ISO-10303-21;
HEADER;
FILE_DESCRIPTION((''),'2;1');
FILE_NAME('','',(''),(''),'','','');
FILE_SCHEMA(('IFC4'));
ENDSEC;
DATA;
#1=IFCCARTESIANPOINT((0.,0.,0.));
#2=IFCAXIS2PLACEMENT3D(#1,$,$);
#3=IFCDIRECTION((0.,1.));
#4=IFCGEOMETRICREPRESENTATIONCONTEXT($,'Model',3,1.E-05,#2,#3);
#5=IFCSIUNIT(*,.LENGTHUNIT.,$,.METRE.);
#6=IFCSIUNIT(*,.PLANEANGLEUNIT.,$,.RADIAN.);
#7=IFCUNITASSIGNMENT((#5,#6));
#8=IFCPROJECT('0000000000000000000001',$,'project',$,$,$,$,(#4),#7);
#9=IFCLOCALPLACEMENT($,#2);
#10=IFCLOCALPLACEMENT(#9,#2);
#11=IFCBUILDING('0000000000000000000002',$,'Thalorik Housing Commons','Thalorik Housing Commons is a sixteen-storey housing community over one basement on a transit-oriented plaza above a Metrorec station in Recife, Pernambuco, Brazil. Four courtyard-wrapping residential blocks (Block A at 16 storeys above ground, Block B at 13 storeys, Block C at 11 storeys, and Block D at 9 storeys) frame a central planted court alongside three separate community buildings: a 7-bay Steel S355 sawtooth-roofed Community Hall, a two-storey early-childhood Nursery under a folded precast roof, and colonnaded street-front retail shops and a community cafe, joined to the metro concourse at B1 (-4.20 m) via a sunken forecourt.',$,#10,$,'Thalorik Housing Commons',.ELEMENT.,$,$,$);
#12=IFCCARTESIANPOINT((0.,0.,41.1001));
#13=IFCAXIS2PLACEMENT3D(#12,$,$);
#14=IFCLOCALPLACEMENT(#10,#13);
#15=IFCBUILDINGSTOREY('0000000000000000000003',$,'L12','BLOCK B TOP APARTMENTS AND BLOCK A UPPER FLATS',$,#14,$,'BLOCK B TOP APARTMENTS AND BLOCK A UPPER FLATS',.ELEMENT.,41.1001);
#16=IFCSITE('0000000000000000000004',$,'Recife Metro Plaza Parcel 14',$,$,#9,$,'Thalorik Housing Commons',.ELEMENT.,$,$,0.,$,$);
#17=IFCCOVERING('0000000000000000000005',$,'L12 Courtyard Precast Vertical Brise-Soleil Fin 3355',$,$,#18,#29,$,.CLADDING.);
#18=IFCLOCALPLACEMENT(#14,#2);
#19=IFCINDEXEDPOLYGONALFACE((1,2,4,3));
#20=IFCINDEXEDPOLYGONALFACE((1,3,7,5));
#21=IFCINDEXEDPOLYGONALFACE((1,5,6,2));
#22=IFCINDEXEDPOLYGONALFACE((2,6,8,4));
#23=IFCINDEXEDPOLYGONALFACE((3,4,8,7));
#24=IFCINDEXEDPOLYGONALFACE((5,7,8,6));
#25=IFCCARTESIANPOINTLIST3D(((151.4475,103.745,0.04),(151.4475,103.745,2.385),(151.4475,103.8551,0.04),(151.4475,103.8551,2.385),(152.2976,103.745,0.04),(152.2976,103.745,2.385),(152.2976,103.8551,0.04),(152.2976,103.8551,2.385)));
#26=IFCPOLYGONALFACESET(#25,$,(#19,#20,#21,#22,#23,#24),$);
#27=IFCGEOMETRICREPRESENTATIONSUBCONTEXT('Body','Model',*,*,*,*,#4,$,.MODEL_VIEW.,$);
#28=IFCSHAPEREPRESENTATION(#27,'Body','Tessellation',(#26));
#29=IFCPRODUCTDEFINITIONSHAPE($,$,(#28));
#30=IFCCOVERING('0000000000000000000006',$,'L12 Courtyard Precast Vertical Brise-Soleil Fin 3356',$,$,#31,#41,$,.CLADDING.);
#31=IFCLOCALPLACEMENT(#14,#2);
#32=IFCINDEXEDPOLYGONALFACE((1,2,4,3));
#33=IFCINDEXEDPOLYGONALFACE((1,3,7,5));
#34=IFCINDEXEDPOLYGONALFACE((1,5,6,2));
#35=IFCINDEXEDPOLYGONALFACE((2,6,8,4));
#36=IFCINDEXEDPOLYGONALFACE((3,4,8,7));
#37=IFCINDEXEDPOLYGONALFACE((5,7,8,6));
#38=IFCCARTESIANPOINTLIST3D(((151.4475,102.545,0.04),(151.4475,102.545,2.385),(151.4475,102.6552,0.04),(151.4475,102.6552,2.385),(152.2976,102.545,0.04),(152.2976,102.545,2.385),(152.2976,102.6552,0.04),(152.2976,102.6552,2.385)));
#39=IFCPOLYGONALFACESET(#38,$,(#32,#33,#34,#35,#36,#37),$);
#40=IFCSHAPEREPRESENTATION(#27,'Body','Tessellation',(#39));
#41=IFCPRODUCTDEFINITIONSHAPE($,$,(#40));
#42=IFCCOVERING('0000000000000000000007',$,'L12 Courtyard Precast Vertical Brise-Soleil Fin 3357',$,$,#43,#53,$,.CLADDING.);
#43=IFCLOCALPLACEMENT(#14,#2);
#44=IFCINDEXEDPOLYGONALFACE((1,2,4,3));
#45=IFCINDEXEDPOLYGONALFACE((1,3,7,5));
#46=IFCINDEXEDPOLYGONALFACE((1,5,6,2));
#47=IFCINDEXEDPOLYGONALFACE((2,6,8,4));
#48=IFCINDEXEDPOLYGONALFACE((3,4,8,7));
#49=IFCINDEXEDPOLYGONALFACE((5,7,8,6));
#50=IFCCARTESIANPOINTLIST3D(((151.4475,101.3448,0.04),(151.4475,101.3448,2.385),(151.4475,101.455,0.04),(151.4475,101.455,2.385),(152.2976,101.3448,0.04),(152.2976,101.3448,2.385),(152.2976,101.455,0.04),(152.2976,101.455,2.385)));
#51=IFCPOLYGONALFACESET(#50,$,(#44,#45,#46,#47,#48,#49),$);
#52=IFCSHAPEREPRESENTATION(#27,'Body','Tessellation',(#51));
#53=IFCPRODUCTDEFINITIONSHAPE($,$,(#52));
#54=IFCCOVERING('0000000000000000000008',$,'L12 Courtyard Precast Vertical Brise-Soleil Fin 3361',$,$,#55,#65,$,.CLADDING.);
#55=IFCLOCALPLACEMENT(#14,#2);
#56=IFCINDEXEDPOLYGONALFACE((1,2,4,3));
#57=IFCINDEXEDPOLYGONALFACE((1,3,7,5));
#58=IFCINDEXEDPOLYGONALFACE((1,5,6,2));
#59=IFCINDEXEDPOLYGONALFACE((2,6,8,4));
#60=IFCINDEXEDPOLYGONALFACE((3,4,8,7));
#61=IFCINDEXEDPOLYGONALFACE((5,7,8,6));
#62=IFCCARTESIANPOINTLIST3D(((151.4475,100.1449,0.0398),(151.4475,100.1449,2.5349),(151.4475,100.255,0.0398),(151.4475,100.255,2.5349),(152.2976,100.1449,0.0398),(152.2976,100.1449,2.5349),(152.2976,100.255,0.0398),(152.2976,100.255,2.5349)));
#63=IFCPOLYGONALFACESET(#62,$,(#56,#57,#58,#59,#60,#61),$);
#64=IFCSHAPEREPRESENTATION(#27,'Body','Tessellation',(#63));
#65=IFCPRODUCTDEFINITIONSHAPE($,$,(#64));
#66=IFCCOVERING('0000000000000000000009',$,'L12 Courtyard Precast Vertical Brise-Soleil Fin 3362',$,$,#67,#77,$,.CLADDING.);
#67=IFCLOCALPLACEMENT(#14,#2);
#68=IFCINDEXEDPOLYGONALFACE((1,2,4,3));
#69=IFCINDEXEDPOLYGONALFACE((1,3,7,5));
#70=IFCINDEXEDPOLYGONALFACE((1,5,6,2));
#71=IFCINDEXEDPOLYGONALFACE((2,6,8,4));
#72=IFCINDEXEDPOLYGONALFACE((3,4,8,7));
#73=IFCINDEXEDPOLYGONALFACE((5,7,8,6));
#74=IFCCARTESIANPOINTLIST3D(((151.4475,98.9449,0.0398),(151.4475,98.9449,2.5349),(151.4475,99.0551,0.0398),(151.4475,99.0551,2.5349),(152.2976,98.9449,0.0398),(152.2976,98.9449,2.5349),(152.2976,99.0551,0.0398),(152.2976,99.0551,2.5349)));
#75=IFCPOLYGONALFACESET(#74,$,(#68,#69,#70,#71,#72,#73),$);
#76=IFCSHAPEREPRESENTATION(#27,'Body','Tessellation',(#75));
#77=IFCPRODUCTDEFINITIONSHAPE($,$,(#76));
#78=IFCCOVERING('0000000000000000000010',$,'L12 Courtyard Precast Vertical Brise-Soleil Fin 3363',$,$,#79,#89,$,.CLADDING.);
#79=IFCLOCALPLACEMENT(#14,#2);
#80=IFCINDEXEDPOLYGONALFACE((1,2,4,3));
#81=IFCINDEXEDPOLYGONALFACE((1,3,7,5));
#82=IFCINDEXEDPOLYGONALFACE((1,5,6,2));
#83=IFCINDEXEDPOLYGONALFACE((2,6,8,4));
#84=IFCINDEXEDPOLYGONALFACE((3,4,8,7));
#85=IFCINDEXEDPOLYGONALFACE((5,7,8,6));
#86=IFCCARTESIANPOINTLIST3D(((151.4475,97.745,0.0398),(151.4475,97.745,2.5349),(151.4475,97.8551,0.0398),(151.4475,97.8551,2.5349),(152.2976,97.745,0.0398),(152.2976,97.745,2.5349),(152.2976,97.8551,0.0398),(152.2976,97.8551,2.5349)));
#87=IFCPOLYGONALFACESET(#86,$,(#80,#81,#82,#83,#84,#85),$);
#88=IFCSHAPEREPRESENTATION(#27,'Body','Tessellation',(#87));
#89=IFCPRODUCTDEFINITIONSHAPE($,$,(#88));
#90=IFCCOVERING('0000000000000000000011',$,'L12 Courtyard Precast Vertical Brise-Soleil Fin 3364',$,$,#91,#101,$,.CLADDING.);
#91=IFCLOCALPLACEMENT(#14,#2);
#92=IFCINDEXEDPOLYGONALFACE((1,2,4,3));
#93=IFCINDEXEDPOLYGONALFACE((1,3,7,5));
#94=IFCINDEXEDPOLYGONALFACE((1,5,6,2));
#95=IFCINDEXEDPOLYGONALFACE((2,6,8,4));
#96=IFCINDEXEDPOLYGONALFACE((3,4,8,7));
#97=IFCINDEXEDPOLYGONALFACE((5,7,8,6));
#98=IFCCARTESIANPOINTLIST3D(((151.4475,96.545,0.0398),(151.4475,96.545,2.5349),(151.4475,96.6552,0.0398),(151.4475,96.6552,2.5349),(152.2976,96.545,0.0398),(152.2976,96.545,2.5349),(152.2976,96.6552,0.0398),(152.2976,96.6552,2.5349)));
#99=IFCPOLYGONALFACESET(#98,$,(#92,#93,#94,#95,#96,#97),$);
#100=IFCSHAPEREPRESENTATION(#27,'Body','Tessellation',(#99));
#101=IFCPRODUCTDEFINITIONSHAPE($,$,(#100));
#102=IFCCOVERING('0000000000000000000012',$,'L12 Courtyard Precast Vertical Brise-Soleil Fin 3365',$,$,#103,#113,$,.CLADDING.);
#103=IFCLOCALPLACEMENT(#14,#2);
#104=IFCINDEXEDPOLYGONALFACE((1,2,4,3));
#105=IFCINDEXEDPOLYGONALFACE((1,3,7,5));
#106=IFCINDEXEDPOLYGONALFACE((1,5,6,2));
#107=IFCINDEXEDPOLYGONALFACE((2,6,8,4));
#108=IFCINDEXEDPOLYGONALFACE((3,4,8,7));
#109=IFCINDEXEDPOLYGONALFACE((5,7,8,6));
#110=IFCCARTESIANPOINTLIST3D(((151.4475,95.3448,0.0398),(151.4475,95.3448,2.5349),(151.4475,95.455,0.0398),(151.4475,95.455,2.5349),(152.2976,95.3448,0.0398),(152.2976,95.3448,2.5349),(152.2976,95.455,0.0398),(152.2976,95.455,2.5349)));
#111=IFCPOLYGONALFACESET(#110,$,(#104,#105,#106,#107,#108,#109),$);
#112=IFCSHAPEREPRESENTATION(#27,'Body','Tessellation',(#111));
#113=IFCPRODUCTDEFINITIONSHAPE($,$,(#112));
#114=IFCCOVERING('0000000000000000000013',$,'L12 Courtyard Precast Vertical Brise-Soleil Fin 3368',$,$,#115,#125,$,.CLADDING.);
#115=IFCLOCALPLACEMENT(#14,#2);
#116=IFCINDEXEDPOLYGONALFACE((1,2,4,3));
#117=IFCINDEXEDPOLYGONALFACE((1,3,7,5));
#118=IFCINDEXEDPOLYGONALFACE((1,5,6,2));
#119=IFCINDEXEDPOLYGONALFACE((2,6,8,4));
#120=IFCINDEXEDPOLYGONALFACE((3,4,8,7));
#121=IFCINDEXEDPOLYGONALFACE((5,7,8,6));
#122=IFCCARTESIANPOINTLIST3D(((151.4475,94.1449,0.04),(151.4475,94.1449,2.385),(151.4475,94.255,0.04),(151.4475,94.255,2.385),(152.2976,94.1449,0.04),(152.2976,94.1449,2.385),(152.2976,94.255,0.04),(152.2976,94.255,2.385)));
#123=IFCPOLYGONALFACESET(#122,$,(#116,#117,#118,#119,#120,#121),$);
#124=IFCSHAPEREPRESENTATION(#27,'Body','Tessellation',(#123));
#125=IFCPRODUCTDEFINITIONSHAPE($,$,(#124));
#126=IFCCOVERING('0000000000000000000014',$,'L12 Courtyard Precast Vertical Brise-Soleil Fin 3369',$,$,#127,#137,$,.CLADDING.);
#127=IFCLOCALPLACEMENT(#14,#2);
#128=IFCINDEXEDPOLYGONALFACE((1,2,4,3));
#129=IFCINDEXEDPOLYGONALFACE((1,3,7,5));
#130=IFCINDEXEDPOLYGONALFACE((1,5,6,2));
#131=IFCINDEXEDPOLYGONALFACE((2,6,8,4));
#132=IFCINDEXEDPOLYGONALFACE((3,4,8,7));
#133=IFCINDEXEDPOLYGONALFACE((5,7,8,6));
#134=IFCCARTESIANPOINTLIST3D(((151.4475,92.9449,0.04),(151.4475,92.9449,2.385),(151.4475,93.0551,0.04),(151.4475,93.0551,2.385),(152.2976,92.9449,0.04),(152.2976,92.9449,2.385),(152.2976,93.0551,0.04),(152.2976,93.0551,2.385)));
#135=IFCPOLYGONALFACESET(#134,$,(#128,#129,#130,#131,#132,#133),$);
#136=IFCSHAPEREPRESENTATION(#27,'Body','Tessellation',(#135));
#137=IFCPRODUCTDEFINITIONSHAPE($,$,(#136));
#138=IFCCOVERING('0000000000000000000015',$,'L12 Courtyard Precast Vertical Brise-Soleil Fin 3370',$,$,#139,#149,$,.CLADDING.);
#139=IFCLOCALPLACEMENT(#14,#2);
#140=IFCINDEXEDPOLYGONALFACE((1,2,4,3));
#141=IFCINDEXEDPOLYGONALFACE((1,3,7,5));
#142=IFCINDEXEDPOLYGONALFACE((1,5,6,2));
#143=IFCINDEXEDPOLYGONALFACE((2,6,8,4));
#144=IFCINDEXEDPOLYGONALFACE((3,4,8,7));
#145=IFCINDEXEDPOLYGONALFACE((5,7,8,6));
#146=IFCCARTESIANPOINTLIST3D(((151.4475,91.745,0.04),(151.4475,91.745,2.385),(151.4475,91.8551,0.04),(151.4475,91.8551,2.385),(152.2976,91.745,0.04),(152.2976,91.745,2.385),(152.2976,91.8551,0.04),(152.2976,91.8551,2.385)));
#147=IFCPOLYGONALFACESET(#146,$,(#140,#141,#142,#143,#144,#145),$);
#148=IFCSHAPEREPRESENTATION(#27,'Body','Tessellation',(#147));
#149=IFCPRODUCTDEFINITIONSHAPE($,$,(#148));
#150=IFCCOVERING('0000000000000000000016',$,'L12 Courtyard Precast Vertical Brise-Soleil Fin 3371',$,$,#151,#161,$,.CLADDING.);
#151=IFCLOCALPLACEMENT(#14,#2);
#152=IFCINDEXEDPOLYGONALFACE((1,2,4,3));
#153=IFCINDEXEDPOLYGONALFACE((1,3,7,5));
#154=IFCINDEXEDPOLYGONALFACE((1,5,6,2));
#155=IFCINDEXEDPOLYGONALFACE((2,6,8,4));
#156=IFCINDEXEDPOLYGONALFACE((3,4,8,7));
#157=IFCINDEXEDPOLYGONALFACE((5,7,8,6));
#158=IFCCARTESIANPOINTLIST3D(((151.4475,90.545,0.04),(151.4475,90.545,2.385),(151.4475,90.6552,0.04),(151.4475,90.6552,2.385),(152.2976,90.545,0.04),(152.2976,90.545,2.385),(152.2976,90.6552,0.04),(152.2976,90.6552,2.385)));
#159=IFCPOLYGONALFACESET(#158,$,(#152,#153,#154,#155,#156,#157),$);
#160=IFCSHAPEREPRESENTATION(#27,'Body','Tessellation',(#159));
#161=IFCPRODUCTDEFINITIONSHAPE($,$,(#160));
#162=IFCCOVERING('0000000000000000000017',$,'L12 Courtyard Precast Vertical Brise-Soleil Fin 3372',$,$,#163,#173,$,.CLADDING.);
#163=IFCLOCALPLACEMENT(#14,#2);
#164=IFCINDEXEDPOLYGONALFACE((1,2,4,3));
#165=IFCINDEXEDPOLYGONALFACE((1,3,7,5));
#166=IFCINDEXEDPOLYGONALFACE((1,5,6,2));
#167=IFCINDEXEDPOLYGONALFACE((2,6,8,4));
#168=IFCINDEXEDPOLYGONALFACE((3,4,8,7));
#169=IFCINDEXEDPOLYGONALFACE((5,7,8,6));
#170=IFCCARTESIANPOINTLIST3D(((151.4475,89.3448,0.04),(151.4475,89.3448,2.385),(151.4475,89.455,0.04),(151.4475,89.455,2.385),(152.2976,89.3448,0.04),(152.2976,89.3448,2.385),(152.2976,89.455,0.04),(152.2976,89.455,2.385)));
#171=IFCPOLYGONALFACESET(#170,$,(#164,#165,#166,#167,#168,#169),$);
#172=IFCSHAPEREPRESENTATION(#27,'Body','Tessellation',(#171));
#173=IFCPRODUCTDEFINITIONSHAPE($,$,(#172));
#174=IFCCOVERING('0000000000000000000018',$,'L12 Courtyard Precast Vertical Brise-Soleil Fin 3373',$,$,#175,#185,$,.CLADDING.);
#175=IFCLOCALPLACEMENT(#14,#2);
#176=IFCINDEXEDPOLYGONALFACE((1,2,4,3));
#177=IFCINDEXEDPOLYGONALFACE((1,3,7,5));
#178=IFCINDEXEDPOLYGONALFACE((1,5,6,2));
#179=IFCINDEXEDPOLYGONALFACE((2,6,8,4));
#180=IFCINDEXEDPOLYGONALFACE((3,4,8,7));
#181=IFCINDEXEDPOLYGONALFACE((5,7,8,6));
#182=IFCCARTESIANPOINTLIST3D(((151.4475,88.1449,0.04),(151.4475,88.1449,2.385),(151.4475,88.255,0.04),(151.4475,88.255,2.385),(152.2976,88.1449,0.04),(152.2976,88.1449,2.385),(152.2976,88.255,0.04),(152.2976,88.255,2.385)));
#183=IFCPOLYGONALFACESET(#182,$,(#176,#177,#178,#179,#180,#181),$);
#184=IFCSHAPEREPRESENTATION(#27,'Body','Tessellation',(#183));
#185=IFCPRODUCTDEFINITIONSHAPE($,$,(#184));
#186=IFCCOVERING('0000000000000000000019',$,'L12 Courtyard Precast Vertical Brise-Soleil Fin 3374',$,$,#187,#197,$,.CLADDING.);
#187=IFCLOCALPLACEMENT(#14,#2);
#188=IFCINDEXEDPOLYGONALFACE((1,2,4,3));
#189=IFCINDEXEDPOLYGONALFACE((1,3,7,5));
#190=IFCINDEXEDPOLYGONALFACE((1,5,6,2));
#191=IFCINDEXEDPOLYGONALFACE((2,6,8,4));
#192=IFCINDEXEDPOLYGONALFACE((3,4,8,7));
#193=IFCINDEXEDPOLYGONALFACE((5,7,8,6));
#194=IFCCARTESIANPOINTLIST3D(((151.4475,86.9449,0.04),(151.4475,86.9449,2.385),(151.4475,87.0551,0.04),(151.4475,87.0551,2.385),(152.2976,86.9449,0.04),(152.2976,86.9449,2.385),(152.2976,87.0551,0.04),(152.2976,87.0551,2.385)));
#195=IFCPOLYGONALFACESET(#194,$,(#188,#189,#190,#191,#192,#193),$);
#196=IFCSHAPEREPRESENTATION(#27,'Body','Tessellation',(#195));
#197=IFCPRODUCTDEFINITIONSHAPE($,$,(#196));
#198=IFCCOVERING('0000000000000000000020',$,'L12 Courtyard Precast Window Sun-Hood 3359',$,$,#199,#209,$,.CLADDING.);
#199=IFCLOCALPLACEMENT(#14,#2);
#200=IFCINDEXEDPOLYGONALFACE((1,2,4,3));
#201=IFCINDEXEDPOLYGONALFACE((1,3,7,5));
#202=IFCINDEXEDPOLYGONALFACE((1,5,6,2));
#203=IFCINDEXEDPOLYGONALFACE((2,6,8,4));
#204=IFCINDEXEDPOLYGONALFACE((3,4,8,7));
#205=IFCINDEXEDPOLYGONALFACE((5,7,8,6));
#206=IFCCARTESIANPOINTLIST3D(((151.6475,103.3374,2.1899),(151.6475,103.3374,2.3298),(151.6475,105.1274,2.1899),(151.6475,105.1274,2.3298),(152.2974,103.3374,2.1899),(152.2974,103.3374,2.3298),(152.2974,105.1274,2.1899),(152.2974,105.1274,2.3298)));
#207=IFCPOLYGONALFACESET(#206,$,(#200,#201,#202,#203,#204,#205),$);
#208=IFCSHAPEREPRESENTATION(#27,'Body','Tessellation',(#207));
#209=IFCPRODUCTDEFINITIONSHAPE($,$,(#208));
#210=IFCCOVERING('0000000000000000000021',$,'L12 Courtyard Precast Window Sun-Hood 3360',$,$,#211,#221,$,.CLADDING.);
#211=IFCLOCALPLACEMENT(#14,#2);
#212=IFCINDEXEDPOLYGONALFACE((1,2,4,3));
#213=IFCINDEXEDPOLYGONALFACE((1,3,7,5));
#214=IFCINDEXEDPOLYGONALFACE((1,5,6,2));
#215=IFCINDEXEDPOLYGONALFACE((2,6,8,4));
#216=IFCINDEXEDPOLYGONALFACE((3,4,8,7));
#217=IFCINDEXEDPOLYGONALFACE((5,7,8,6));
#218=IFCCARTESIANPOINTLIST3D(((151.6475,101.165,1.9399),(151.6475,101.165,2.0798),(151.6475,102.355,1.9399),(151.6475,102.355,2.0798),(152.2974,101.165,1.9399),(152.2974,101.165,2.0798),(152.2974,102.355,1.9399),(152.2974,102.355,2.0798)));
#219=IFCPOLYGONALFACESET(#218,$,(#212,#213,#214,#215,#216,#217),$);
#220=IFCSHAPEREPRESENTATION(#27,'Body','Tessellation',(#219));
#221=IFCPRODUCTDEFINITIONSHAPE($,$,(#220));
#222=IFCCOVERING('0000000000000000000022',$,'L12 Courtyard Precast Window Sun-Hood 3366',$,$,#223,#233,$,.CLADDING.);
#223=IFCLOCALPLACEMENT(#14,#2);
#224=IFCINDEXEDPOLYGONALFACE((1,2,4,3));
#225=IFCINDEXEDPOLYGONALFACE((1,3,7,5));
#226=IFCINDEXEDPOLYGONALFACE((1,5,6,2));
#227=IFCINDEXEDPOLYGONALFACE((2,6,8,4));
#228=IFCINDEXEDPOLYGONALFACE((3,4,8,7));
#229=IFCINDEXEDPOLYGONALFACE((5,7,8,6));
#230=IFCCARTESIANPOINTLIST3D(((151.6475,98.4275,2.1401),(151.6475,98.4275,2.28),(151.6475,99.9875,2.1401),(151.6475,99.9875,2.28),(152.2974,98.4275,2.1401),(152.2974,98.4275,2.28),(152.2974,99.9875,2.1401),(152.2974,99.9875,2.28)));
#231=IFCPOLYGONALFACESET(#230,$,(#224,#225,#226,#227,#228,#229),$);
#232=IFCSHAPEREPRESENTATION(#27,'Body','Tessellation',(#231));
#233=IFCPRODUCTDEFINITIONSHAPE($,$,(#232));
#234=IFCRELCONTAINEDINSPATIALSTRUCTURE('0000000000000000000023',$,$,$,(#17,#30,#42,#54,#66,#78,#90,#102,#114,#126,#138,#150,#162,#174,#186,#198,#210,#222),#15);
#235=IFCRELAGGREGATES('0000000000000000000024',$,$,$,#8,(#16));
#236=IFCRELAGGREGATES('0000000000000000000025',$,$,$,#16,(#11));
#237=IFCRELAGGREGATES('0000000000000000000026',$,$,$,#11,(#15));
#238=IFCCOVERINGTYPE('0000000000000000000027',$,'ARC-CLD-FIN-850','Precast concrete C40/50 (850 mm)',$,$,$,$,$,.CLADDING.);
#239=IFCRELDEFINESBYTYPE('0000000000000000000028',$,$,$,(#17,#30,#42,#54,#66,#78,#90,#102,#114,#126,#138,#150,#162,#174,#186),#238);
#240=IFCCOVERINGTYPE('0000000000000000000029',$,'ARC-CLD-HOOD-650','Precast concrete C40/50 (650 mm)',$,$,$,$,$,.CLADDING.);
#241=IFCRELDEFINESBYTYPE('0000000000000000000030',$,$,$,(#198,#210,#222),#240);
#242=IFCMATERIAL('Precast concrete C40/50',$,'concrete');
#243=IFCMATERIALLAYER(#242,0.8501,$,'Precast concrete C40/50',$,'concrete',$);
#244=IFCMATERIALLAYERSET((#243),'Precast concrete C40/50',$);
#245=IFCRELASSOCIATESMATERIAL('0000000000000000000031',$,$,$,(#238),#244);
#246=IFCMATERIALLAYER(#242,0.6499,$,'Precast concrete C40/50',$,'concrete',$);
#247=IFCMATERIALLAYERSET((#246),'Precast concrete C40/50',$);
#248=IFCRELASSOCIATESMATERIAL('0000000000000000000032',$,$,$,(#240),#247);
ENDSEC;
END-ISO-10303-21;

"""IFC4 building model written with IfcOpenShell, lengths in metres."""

from ifc_helpers import new_model, si_unit, direction, frame, origin, origin_2d, place, context, subcontext, project, spatial, rectangle, extrude, material, layer, layer_set, type_object, element, save


model = new_model("IFC4")

# Units and contexts
model_context = context("Model", 3, precision=1e-05, world=origin(), true_north=direction((0.0, 1.0)))
body_context = subcontext(model_context, "Body", "Model", "MODEL_VIEW")
ifc_project = project(units=[si_unit("LENGTHUNIT", "METRE"), si_unit("PLANEANGLEUNIT", "RADIAN")], contexts=[model_context])

# Site, building, storey
site_placement = place(None, origin())
site = spatial("IfcSite", under=ifc_project, at=site_placement, Name="Recife Metro Plaza Parcel 14", LongName="Thalorik Housing Commons", CompositionType="ELEMENT", RefElevation=0.0)
building_placement = place(site_placement, origin())
building = spatial("IfcBuilding", under=site, at=building_placement, Name="Thalorik Housing Commons", Description="Thalorik Housing Commons is a sixteen-storey housing community over one basement on a transit-oriented plaza above a Metrorec station in Recife, Pernambuco, Brazil. Four courtyard-wrapping residential blocks (Block A at 16 storeys above ground, Block B at 13 storeys, Block C at 11 storeys, and Block D at 9 storeys) frame a central planted court alongside three separate community buildings: a 7-bay Steel S355 sawtooth-roofed Community Hall, a two-storey early-childhood Nursery under a folded precast roof, and colonnaded street-front retail shops and a community cafe, joined to the metro concourse at B1 (-4.20 m) via a sunken forecourt.", LongName="Thalorik Housing Commons", CompositionType="ELEMENT")
storey_placement = place(building_placement, frame((0.0, 0.0, 41.1001)))
storey = spatial("IfcBuildingStorey", under=building, at=storey_placement, Name="L12", Description="BLOCK B TOP APARTMENTS AND BLOCK A UPPER FLATS", LongName="BLOCK B TOP APARTMENTS AND BLOCK A UPPER FLATS", CompositionType="ELEMENT", Elevation=41.1001)

# Coverings
ifc_material = material(Name="Precast concrete C40/50", Category="concrete")
ifc_layer_1 = layer(ifc_material, 0.8501, Name="Precast concrete C40/50", Category="concrete")
ifc_layer_set_1 = layer_set([ifc_layer_1], Name="Precast concrete C40/50")
covering_type_1 = type_object("IfcCoveringType", Name="ARC-CLD-FIN-850", Description="Precast concrete C40/50 (850 mm)", PredefinedType="CLADDING", material=ifc_layer_set_1)
for number, where, z_axis, x_axis, name in (
    (1, (151.8726, 103.8, 0.04), (0.0, 0.0, 1.0), (0.0, -1.0, 0.0), "L12 Courtyard Precast Vertical Brise-Soleil Fin 3355"),
    (2, (151.8726, 102.6001, 0.04), (0.0, 0.0, 1.0), (0.0, -1.0, 0.0), "L12 Courtyard Precast Vertical Brise-Soleil Fin 3356"),
    (3, (151.8726, 101.3999, 0.04), (0.0, 0.0, 1.0), (0.0, -1.0, 0.0), "L12 Courtyard Precast Vertical Brise-Soleil Fin 3357"),
):
    element("IfcCovering", number, at=place(storey_placement, frame(where, z_axis=z_axis, x_axis=x_axis)), inside=storey, type_object=covering_type_1, Name=name, PredefinedType="CLADDING", context=body_context, shape_type="SweptSolid", body=[
        extrude(rectangle(XDim=0.1101, YDim=0.8501, at=origin_2d()), origin(), (0.0, 0.0, 1.0), 2.345),
    ])
for number, where, z_axis, x_axis, name in (
    (4, (151.8726, 100.2, 0.0398), (0.0, 0.0, 1.0), (0.0, -1.0, 0.0), "L12 Courtyard Precast Vertical Brise-Soleil Fin 3361"),
    (5, (151.8726, 99.0, 0.0398), (0.0, 0.0, 1.0), (0.0, -1.0, 0.0), "L12 Courtyard Precast Vertical Brise-Soleil Fin 3362"),
    (6, (151.8726, 97.8, 0.0398), (0.0, 0.0, 1.0), (0.0, -1.0, 0.0), "L12 Courtyard Precast Vertical Brise-Soleil Fin 3363"),
    (7, (151.8726, 96.6001, 0.0398), (0.0, 0.0, 1.0), (0.0, -1.0, 0.0), "L12 Courtyard Precast Vertical Brise-Soleil Fin 3364"),
    (8, (151.8726, 95.3999, 0.0398), (0.0, 0.0, 1.0), (0.0, -1.0, 0.0), "L12 Courtyard Precast Vertical Brise-Soleil Fin 3365"),
):
    element("IfcCovering", number, at=place(storey_placement, frame(where, z_axis=z_axis, x_axis=x_axis)), inside=storey, type_object=covering_type_1, Name=name, PredefinedType="CLADDING", context=body_context, shape_type="SweptSolid", body=[
        extrude(rectangle(XDim=0.1101, YDim=0.8501, at=origin_2d()), origin(), (0.0, 0.0, 1.0), 2.4951),
    ])
for number, where, z_axis, x_axis, name in (
    (9, (151.8726, 94.2, 0.04), (0.0, 0.0, 1.0), (0.0, -1.0, 0.0), "L12 Courtyard Precast Vertical Brise-Soleil Fin 3368"),
    (10, (151.8726, 93.0, 0.04), (0.0, 0.0, 1.0), (0.0, -1.0, 0.0), "L12 Courtyard Precast Vertical Brise-Soleil Fin 3369"),
    (11, (151.8726, 91.8, 0.04), (0.0, 0.0, 1.0), (0.0, -1.0, 0.0), "L12 Courtyard Precast Vertical Brise-Soleil Fin 3370"),
    (12, (151.8726, 90.6001, 0.04), (0.0, 0.0, 1.0), (0.0, -1.0, 0.0), "L12 Courtyard Precast Vertical Brise-Soleil Fin 3371"),
    (13, (151.8726, 89.3999, 0.04), (0.0, 0.0, 1.0), (0.0, -1.0, 0.0), "L12 Courtyard Precast Vertical Brise-Soleil Fin 3372"),
    (14, (151.8726, 88.2, 0.04), (0.0, 0.0, 1.0), (0.0, -1.0, 0.0), "L12 Courtyard Precast Vertical Brise-Soleil Fin 3373"),
    (15, (151.8726, 87.0, 0.04), (0.0, 0.0, 1.0), (0.0, -1.0, 0.0), "L12 Courtyard Precast Vertical Brise-Soleil Fin 3374"),
):
    element("IfcCovering", number, at=place(storey_placement, frame(where, z_axis=z_axis, x_axis=x_axis)), inside=storey, type_object=covering_type_1, Name=name, PredefinedType="CLADDING", context=body_context, shape_type="SweptSolid", body=[
        extrude(rectangle(XDim=0.1101, YDim=0.8501, at=origin_2d()), origin(), (0.0, 0.0, 1.0), 2.345),
    ])
ifc_layer_2 = layer(ifc_material, 0.6499, Name="Precast concrete C40/50", Category="concrete")
ifc_layer_set_2 = layer_set([ifc_layer_2], Name="Precast concrete C40/50")
covering_type_2 = type_object("IfcCoveringType", Name="ARC-CLD-HOOD-650", Description="Precast concrete C40/50 (650 mm)", PredefinedType="CLADDING", material=ifc_layer_set_2)
covering_1_placement = place(storey_placement, frame((151.9724, 104.2324, 2.1899), z_axis=(0.0, 0.0, 1.0), x_axis=(0.0, -1.0, 0.0)))
element("IfcCovering", 16, at=covering_1_placement, inside=storey, type_object=covering_type_2, Name="L12 Courtyard Precast Window Sun-Hood 3359", PredefinedType="CLADDING", context=body_context, shape_type="SweptSolid", body=[
    extrude(rectangle(XDim=1.79, YDim=0.6499, at=origin_2d()), origin(), (0.0, 0.0, 1.0), 0.1399),
])
covering_2_placement = place(storey_placement, frame((151.9724, 101.76, 1.9399), z_axis=(0.0, 0.0, 1.0), x_axis=(0.0, -1.0, 0.0)))
element("IfcCovering", 17, at=covering_2_placement, inside=storey, type_object=covering_type_2, Name="L12 Courtyard Precast Window Sun-Hood 3360", PredefinedType="CLADDING", context=body_context, shape_type="SweptSolid", body=[
    extrude(rectangle(XDim=1.1899, YDim=0.6499, at=origin_2d()), origin(), (0.0, 0.0, 1.0), 0.1399),
])
covering_3_placement = place(storey_placement, frame((151.9724, 99.2075, 2.1401), z_axis=(0.0, 0.0, 1.0), x_axis=(0.0, -1.0, 0.0)))
element("IfcCovering", 18, at=covering_3_placement, inside=storey, type_object=covering_type_2, Name="L12 Courtyard Precast Window Sun-Hood 3366", PredefinedType="CLADDING", context=body_context, shape_type="SweptSolid", body=[
    extrude(rectangle(XDim=1.5601, YDim=0.6499, at=origin_2d()), origin(), (0.0, 0.0, 1.0), 0.1399),
])

save(model, "model.ifc")
